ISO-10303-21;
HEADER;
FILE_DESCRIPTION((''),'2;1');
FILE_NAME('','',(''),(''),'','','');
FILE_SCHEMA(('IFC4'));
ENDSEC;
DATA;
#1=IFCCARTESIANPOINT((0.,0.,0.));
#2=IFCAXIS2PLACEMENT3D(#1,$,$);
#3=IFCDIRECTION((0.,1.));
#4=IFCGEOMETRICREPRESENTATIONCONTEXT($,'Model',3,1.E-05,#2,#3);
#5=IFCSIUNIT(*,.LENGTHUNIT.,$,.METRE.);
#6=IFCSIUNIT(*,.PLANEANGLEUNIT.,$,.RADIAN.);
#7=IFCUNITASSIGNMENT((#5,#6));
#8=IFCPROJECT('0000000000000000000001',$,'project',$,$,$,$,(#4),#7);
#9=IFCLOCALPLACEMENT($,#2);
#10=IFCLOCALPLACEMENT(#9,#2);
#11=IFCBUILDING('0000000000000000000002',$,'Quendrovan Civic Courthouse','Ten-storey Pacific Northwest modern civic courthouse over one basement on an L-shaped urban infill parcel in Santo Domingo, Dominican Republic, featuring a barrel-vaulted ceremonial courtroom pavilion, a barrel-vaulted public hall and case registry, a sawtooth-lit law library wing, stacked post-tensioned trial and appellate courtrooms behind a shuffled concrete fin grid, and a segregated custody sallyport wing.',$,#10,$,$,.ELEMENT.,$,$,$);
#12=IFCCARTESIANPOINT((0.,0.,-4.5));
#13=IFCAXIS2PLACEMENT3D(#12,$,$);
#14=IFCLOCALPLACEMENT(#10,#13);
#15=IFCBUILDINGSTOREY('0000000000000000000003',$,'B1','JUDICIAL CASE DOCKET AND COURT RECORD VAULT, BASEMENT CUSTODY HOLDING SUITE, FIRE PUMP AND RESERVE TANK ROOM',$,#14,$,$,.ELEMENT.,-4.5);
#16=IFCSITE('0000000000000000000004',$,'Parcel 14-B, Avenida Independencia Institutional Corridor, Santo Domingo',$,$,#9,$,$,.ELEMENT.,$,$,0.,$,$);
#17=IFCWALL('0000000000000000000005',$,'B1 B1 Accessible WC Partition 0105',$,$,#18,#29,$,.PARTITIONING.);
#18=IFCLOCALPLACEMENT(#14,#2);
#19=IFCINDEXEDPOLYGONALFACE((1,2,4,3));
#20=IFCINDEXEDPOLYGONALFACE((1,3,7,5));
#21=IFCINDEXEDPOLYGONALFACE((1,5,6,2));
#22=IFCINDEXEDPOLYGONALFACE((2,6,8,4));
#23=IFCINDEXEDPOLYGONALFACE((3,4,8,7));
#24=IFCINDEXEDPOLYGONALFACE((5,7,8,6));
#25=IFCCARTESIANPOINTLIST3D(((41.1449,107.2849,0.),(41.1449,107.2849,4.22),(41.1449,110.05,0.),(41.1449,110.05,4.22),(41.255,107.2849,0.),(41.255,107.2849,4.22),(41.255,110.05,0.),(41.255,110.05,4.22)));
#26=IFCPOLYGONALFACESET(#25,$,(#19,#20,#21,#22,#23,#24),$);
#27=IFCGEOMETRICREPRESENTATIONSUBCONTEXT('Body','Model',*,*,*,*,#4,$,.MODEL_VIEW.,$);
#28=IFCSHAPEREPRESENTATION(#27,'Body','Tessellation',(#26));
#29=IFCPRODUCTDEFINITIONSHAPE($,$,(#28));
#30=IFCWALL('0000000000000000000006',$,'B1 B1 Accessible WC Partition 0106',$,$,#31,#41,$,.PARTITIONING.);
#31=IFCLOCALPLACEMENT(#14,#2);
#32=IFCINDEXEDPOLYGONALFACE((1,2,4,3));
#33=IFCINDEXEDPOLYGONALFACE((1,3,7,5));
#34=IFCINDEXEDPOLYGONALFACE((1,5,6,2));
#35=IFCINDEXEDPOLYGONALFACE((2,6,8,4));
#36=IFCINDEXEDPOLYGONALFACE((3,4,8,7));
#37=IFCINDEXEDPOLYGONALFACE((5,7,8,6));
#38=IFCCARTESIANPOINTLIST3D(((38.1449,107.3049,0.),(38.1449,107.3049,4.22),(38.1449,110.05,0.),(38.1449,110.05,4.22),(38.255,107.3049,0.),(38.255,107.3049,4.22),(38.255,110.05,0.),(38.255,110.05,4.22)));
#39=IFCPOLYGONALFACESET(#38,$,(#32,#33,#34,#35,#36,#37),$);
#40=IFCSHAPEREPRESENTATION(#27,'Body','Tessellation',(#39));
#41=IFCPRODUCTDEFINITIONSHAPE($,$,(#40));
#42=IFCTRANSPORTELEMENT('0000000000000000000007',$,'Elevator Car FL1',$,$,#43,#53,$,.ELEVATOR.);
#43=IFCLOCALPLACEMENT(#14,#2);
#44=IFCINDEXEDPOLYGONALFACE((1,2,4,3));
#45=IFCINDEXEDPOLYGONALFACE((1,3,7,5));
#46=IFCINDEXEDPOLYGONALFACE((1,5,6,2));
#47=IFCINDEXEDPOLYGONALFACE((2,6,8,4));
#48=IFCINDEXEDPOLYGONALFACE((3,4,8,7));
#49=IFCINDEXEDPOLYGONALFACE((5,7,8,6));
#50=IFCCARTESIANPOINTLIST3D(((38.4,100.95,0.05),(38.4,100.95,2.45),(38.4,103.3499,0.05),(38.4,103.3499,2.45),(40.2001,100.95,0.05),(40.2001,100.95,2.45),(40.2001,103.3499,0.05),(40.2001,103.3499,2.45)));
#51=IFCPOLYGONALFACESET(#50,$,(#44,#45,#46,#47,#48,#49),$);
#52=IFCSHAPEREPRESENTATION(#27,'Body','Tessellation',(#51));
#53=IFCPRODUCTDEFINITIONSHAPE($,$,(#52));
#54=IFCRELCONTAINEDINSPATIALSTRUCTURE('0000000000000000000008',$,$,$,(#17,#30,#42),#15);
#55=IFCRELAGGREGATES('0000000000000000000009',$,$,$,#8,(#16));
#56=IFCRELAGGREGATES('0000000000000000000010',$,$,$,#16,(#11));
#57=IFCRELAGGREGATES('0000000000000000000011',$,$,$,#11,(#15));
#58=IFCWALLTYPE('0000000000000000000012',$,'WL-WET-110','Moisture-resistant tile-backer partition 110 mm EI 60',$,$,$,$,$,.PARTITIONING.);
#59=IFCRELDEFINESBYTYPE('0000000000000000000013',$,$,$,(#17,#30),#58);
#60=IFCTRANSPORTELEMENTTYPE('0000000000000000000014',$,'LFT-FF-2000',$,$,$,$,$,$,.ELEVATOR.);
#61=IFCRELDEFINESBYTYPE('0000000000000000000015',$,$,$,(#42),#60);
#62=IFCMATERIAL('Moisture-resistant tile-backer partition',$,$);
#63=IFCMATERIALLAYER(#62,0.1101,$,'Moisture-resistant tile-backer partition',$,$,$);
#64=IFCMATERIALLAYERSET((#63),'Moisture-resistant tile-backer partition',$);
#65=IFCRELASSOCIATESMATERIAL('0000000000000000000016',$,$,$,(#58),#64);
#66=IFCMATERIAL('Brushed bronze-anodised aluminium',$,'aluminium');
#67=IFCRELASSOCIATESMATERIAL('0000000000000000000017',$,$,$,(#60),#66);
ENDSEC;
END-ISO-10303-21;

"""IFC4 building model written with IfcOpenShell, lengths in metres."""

from ifc_helpers import new_model, si_unit, direction, frame, frame_2d, origin, origin_2d, place, context, subcontext, project, spatial, rectangle, extrude, material, layer, layer_set, type_object, element, save


model = new_model("IFC4")

# Units and contexts
model_context = context("Model", 3, precision=1e-05, world=origin(), true_north=direction((0.0, 1.0)))
body_context = subcontext(model_context, "Body", "Model", "MODEL_VIEW")
ifc_project = project(units=[si_unit("LENGTHUNIT", "METRE"), si_unit("PLANEANGLEUNIT", "RADIAN")], contexts=[model_context])

# Site, building, storey
site_placement = place(None, origin())
site = spatial("IfcSite", under=ifc_project, at=site_placement, Name="Parcel 14-B, Avenida Independencia Institutional Corridor, Santo Domingo", CompositionType="ELEMENT", RefElevation=0.0)
building_placement = place(site_placement, origin())
building = spatial("IfcBuilding", under=site, at=building_placement, Name="Quendrovan Civic Courthouse", Description="Ten-storey Pacific Northwest modern civic courthouse over one basement on an L-shaped urban infill parcel in Santo Domingo, Dominican Republic, featuring a barrel-vaulted ceremonial courtroom pavilion, a barrel-vaulted public hall and case registry, a sawtooth-lit law library wing, stacked post-tensioned trial and appellate courtrooms behind a shuffled concrete fin grid, and a segregated custody sallyport wing.", CompositionType="ELEMENT")
storey_placement = place(building_placement, frame((0.0, 0.0, -4.5)))
storey = spatial("IfcBuildingStorey", under=building, at=storey_placement, Name="B1", Description="JUDICIAL CASE DOCKET AND COURT RECORD VAULT, BASEMENT CUSTODY HOLDING SUITE, FIRE PUMP AND RESERVE TANK ROOM", CompositionType="ELEMENT", Elevation=-4.5)

# Shared definitions
ifc_material_1 = material(Name="Moisture-resistant tile-backer partition")
ifc_layer_1 = layer(ifc_material_1, 0.1101, Name="Moisture-resistant tile-backer partition")
ifc_layer_set_1 = layer_set([ifc_layer_1], Name="Moisture-resistant tile-backer partition")
wall_type_1 = type_object("IfcWallType", Name="WL-WET-110", Description="Moisture-resistant tile-backer partition 110 mm EI 60", PredefinedType="PARTITIONING", material=ifc_layer_set_1)

# Walls
wall_1_placement = place(storey_placement, frame((41.2, 110.05, 0.0), z_axis=(0.0, 0.0, 1.0), x_axis=(0.0, -1.0, 0.0)))
element("IfcWall", 1, at=wall_1_placement, inside=storey, type_object=wall_type_1, Name="B1 B1 Accessible WC Partition 0105", PredefinedType="PARTITIONING", context=body_context, shape_type="SweptSolid", body=[
    extrude(rectangle(XDim=2.7651, YDim=0.1101, at=frame_2d((1.3826, 0.0))), origin(), (0.0, 0.0, 1.0), 4.22),
])
wall_2_placement = place(storey_placement, frame((38.2, 107.3049, 0.0), z_axis=(0.0, 0.0, 1.0), x_axis=(0.0, 1.0, 0.0)))
element("IfcWall", 2, at=wall_2_placement, inside=storey, type_object=wall_type_1, Name="B1 B1 Accessible WC Partition 0106", PredefinedType="PARTITIONING", context=body_context, shape_type="SweptSolid", body=[
    extrude(rectangle(XDim=2.7451, YDim=0.1101, at=frame_2d((1.3726, 0.0))), origin(), (0.0, 0.0, 1.0), 4.22),
])

# Transport element
ifc_material_2 = material(Name="Brushed bronze-anodised aluminium", Category="aluminium")
transport_element_type = type_object("IfcTransportElementType", Name="LFT-FF-2000", PredefinedType="ELEVATOR", material=ifc_material_2)
transport_element_placement = place(storey_placement, frame((39.3, 102.1499, 0.05), z_axis=(0.0, 0.0, 1.0), x_axis=(1.0, 0.0, 0.0)))
element("IfcTransportElement", 3, at=transport_element_placement, inside=storey, type_object=transport_element_type, Name="Elevator Car FL1", PredefinedType="ELEVATOR", context=body_context, shape_type="SweptSolid", body=[
    extrude(rectangle(XDim=1.8, YDim=2.3999, at=origin_2d()), origin(), (0.0, 0.0, 1.0), 2.3999),
])

save(model, "model.ifc")
